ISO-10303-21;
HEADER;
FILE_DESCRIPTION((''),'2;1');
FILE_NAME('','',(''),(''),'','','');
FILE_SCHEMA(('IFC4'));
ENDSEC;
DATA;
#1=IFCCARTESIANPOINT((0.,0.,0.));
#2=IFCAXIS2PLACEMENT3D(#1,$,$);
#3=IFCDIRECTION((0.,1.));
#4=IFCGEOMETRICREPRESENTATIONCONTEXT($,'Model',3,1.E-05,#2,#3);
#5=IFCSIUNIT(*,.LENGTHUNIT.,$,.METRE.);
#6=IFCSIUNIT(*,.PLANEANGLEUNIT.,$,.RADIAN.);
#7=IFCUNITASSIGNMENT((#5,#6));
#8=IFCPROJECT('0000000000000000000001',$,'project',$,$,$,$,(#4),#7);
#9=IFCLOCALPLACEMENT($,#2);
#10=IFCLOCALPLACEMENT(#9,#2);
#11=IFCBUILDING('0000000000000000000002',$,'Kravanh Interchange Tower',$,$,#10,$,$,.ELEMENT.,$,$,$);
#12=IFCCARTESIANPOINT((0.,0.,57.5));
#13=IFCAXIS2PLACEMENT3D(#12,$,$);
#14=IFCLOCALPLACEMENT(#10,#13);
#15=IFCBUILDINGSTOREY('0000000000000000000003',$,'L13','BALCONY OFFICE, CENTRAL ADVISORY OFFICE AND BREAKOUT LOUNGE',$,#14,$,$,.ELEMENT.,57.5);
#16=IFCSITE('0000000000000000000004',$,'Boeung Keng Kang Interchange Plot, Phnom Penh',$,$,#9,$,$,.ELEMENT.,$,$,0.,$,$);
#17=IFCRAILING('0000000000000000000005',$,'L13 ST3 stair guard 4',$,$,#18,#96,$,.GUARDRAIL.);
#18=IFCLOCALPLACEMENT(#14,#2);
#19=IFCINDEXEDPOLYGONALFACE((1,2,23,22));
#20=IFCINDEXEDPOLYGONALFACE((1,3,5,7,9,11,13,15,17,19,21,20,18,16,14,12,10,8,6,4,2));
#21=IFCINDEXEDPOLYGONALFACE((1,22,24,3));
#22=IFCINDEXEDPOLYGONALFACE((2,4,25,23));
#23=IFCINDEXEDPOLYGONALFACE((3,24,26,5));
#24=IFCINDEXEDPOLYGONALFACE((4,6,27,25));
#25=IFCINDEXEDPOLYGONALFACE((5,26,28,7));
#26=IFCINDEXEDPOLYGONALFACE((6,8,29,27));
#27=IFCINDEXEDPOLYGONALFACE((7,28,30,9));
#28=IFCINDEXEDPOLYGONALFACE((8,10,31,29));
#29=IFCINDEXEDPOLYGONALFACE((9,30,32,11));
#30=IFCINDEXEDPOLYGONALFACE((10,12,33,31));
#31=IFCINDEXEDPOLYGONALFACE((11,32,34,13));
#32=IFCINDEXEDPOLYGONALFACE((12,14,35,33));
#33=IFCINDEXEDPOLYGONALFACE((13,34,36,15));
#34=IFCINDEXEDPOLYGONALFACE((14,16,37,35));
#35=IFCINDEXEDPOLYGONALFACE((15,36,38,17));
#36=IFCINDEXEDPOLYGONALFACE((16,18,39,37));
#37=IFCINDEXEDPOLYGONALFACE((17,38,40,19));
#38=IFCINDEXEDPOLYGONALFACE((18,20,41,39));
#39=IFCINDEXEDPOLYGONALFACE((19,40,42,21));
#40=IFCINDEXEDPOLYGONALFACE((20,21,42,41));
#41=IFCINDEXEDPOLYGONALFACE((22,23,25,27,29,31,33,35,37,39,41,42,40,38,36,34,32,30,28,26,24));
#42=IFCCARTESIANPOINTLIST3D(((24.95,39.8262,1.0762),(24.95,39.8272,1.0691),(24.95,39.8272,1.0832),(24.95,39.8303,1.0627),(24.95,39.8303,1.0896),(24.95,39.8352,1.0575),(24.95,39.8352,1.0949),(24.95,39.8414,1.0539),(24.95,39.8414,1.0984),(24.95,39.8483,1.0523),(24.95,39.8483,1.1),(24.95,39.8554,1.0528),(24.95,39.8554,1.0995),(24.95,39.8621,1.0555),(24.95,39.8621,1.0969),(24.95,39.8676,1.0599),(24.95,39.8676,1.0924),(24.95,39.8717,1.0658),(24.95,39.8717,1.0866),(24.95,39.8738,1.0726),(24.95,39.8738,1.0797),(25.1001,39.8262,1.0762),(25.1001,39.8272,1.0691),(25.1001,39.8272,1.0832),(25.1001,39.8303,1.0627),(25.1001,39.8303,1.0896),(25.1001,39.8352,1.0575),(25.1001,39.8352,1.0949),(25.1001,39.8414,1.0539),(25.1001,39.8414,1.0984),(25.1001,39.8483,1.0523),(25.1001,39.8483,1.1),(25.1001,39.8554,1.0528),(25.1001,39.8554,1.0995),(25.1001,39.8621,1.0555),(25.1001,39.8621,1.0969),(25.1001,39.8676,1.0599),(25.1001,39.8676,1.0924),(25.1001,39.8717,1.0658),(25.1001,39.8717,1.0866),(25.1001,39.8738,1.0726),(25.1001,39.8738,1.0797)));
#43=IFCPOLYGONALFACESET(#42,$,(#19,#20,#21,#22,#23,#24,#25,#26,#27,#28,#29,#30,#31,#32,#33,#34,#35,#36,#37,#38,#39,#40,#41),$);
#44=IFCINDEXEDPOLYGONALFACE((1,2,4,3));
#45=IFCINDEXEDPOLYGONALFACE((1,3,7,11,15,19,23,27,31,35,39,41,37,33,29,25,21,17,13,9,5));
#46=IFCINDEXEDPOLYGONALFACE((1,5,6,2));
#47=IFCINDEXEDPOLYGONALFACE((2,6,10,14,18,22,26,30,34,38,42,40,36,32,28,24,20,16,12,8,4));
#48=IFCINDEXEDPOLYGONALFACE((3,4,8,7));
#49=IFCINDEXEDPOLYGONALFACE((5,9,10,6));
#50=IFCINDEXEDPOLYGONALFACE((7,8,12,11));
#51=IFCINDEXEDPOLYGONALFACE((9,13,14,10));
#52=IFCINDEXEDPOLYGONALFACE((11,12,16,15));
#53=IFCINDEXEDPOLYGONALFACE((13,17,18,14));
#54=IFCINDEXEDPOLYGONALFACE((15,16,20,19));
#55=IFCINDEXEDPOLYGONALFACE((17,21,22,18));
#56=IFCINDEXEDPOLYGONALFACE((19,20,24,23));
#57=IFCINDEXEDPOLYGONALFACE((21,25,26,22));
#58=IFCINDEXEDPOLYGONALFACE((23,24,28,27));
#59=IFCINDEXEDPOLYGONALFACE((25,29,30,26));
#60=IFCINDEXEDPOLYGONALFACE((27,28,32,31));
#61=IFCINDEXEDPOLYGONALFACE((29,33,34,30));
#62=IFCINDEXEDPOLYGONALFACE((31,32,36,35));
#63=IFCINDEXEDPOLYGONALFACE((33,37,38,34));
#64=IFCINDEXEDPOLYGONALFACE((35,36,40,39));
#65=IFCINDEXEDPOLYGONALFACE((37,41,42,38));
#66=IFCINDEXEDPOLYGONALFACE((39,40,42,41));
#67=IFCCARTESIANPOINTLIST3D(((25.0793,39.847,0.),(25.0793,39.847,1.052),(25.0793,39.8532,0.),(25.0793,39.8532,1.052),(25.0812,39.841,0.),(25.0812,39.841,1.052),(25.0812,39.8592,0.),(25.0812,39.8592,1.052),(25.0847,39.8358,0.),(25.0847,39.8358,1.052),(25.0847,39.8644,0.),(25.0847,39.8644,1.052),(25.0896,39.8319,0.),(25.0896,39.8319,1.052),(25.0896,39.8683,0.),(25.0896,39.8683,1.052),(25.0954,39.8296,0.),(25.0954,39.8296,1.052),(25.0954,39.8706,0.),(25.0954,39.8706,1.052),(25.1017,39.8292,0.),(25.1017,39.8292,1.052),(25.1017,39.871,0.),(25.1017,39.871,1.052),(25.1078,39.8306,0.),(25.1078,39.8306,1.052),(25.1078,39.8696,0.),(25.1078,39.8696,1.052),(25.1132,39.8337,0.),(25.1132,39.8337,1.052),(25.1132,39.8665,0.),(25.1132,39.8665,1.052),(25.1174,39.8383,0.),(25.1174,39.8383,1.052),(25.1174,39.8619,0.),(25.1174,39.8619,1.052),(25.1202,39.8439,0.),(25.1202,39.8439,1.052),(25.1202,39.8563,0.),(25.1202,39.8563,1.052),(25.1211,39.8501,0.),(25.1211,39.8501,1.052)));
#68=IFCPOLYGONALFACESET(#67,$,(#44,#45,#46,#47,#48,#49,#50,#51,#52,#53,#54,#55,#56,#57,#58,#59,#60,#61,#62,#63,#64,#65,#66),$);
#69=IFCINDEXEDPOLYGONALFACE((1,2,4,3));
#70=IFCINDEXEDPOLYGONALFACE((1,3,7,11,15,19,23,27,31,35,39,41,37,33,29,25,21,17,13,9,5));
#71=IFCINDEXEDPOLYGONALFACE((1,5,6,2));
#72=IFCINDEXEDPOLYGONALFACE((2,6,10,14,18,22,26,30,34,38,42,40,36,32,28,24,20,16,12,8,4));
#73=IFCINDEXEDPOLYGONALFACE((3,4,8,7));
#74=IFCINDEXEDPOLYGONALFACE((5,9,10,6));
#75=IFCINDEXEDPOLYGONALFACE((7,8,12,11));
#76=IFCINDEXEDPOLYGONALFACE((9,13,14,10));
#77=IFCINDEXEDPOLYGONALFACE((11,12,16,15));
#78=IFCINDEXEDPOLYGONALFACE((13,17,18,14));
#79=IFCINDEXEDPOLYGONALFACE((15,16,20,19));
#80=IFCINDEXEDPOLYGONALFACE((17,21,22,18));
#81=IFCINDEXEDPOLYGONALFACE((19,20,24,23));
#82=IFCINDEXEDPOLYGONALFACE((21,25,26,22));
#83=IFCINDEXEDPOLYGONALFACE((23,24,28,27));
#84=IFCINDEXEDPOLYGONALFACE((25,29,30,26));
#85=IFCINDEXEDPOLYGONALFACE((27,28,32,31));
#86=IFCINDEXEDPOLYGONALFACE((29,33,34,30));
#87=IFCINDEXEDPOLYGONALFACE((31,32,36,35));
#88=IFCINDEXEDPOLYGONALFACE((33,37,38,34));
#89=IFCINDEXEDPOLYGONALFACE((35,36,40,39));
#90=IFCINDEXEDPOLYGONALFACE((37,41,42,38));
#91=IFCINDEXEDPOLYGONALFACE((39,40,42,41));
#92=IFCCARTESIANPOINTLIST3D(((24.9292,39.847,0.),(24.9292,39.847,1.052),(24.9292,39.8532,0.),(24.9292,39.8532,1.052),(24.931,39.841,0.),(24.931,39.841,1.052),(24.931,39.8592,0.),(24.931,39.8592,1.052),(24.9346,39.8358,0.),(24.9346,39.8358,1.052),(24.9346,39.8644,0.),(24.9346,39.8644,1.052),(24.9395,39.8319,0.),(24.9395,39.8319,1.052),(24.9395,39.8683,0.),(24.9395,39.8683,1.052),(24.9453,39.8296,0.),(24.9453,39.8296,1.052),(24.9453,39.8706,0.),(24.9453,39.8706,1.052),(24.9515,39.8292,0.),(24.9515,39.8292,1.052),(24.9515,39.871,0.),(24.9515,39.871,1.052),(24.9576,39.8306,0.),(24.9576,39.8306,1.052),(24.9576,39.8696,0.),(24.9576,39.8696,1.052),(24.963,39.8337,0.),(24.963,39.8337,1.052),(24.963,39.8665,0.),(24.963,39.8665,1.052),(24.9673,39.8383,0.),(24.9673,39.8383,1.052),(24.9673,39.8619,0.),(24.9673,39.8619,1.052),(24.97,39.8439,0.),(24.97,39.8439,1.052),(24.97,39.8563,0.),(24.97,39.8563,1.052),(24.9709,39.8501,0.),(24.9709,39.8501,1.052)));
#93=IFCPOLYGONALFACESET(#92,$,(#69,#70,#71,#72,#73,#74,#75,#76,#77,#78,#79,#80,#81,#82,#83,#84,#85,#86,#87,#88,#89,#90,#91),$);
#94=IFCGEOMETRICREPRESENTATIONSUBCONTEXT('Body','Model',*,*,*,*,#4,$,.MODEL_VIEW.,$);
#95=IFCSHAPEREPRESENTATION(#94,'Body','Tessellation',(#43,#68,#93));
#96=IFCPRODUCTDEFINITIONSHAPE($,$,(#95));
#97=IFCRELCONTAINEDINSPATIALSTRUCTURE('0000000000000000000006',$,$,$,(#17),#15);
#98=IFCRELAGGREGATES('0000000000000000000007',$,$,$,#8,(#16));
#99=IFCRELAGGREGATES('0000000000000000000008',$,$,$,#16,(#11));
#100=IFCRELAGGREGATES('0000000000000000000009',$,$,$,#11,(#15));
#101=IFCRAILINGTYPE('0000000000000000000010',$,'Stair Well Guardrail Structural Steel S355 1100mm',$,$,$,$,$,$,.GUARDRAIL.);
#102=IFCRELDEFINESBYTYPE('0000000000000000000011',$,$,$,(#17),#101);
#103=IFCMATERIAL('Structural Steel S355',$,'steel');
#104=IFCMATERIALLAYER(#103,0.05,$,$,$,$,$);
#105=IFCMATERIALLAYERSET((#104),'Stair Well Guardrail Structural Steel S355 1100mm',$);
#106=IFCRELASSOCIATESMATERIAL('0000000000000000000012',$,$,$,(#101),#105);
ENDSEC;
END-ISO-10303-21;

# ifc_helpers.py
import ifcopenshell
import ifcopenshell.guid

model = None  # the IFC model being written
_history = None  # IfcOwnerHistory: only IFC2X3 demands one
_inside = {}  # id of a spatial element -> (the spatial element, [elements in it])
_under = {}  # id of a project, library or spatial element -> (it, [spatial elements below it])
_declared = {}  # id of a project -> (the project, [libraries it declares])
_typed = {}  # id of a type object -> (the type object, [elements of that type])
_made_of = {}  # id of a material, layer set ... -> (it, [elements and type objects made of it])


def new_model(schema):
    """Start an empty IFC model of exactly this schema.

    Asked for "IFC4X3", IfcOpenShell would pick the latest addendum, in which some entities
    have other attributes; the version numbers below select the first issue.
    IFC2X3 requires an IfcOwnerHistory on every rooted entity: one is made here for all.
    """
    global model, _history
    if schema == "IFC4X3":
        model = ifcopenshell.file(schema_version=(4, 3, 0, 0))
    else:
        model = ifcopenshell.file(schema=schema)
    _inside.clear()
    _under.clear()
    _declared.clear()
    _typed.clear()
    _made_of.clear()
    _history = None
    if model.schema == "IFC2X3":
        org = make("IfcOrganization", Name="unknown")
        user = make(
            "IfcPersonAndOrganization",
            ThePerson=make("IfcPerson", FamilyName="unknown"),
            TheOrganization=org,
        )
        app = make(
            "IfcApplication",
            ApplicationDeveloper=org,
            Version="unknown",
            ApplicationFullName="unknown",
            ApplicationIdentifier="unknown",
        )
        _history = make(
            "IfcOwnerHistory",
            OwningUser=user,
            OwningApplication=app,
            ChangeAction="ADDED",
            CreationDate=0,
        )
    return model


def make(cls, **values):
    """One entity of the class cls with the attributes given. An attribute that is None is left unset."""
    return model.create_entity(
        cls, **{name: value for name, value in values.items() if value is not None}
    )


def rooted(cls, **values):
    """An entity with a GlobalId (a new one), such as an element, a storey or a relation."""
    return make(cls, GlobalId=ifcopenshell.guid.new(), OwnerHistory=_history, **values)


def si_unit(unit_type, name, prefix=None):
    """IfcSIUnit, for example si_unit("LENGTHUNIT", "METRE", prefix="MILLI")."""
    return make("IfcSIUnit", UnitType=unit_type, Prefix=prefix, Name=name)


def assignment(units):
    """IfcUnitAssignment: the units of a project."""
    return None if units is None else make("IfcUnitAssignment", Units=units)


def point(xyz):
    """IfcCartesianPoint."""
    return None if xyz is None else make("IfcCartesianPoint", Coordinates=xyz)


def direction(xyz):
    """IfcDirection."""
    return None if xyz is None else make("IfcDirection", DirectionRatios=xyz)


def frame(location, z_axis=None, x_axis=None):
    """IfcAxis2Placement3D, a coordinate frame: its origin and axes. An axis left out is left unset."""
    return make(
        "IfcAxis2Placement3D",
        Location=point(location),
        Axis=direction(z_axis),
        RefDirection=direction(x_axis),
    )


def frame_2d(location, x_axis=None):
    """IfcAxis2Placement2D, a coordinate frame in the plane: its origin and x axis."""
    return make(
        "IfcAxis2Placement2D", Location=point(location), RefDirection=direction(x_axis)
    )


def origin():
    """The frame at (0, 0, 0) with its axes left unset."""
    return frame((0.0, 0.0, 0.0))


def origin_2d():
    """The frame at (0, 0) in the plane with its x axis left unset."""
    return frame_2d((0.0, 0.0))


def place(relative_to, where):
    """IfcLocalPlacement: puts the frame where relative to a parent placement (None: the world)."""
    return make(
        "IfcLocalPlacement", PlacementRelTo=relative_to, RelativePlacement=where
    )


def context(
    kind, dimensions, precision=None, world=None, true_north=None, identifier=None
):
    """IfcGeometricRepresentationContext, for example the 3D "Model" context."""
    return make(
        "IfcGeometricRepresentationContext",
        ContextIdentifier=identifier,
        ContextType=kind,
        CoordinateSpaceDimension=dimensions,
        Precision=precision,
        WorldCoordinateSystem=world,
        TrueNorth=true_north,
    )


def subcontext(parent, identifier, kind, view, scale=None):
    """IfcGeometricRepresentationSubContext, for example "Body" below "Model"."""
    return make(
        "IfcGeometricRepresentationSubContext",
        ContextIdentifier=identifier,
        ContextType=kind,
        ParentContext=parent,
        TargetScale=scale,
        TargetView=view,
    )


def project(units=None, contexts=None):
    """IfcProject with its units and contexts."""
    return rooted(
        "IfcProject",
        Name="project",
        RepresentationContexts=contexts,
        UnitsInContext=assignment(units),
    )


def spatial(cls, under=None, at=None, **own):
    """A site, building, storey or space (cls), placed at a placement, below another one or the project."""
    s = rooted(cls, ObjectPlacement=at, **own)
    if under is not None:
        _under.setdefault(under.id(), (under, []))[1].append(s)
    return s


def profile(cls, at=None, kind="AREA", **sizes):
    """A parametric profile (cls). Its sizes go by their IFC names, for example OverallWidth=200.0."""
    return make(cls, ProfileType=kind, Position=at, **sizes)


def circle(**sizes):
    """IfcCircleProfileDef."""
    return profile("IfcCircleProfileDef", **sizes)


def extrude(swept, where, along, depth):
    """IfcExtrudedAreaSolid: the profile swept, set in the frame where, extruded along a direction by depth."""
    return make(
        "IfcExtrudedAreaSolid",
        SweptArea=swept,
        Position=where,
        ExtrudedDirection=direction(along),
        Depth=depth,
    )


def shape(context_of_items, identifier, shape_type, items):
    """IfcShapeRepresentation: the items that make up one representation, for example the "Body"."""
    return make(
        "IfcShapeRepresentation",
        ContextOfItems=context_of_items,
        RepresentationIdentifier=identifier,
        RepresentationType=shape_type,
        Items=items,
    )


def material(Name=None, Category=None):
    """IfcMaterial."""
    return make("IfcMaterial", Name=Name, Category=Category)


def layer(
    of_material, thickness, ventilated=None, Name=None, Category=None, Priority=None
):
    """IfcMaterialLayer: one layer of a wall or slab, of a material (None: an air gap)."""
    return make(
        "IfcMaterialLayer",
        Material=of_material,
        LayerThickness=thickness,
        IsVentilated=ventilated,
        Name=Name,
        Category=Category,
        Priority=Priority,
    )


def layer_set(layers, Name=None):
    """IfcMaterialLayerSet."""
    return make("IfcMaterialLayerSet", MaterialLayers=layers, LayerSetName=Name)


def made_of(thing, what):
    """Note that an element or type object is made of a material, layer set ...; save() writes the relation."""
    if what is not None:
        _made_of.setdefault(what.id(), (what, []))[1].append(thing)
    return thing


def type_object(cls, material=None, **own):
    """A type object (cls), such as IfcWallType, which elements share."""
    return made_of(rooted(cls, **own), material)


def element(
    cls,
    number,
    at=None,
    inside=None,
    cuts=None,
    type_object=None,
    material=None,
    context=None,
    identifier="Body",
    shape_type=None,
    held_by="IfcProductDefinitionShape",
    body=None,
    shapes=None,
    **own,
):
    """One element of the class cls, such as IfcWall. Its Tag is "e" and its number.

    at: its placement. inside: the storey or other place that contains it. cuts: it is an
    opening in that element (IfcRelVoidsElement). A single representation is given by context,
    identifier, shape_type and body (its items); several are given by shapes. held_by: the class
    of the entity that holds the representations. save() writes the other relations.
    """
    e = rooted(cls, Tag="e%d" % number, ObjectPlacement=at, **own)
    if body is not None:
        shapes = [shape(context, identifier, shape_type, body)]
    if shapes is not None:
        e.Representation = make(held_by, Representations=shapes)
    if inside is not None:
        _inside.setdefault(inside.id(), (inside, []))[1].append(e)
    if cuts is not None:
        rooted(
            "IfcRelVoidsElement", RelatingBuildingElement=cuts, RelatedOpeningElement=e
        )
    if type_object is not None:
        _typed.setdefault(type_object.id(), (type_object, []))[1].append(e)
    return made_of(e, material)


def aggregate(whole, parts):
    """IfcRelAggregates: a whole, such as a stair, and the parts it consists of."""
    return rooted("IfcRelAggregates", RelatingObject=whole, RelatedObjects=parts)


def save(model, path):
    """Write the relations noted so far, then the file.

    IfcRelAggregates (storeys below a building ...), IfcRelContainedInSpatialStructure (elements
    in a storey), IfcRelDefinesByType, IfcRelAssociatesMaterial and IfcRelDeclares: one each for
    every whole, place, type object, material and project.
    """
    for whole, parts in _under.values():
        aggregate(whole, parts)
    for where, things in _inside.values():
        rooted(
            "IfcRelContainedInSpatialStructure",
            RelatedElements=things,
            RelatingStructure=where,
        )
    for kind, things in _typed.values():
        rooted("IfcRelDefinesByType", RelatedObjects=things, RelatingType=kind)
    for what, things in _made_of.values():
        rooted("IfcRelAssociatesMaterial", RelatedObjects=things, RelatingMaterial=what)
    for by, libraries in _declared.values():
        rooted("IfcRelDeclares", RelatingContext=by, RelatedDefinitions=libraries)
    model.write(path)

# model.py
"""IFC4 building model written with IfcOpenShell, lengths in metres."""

from ifc_helpers import new_model, si_unit, direction, frame, origin, origin_2d, place, context, subcontext, project, spatial, circle, extrude, material, layer, layer_set, type_object, element, save


model = new_model("IFC4")

# Units and contexts
model_context = context("Model", 3, precision=1e-05, world=origin(), true_north=direction((0.0, 1.0)))
body_context = subcontext(model_context, "Body", "Model", "MODEL_VIEW")
ifc_project = project(units=[si_unit("LENGTHUNIT", "METRE"), si_unit("PLANEANGLEUNIT", "RADIAN")], contexts=[model_context])

# Site, building, storey
site_placement = place(None, origin())
site = spatial("IfcSite", under=ifc_project, at=site_placement, Name="Boeung Keng Kang Interchange Plot, Phnom Penh", CompositionType="ELEMENT", RefElevation=0.0)
building_placement = place(site_placement, origin())
building = spatial("IfcBuilding", under=site, at=building_placement, Name="Kravanh Interchange Tower", CompositionType="ELEMENT")
storey_placement = place(building_placement, frame((0.0, 0.0, 57.5)))
storey = spatial("IfcBuildingStorey", under=building, at=storey_placement, Name="L13", Description="BALCONY OFFICE, CENTRAL ADVISORY OFFICE AND BREAKOUT LOUNGE", CompositionType="ELEMENT", Elevation=57.5)

# Railing
ifc_material_1 = material(Name="Structural Steel S355", Category="steel")
ifc_layer_1 = layer(ifc_material_1, 0.05)
ifc_layer_set_1 = layer_set([ifc_layer_1], Name="Stair Well Guardrail Structural Steel S355 1100mm")
railing_type_1 = type_object("IfcRailingType", Name="Stair Well Guardrail Structural Steel S355 1100mm", PredefinedType="GUARDRAIL", material=ifc_layer_set_1)
railing_1_placement = place(storey_placement, frame((25.1001, 39.8501, 0.0)))
element("IfcRailing", 1, at=railing_1_placement, inside=storey, type_object=railing_type_1, Name="L13 ST3 stair guard 4", PredefinedType="GUARDRAIL", context=body_context, shape_type="SweptSolid", body=[
    extrude(circle(Radius=0.0239, at=origin_2d()), frame((0.0, 0.0, 1.0762), z_axis=(-1.0, 0.0, 0.0), x_axis=(0.0, -1.0, 0.0)), (0.0, 0.0, 1.0), 0.1501),
    extrude(circle(Radius=0.021, at=origin_2d()), origin(), (0.0, 0.0, 1.0), 1.052),
    extrude(circle(Radius=0.021, at=origin_2d()), frame((-0.1501, 0.0, 0.0)), (0.0, 0.0, 1.0), 1.052),
])

save(model, "model.ifc")
